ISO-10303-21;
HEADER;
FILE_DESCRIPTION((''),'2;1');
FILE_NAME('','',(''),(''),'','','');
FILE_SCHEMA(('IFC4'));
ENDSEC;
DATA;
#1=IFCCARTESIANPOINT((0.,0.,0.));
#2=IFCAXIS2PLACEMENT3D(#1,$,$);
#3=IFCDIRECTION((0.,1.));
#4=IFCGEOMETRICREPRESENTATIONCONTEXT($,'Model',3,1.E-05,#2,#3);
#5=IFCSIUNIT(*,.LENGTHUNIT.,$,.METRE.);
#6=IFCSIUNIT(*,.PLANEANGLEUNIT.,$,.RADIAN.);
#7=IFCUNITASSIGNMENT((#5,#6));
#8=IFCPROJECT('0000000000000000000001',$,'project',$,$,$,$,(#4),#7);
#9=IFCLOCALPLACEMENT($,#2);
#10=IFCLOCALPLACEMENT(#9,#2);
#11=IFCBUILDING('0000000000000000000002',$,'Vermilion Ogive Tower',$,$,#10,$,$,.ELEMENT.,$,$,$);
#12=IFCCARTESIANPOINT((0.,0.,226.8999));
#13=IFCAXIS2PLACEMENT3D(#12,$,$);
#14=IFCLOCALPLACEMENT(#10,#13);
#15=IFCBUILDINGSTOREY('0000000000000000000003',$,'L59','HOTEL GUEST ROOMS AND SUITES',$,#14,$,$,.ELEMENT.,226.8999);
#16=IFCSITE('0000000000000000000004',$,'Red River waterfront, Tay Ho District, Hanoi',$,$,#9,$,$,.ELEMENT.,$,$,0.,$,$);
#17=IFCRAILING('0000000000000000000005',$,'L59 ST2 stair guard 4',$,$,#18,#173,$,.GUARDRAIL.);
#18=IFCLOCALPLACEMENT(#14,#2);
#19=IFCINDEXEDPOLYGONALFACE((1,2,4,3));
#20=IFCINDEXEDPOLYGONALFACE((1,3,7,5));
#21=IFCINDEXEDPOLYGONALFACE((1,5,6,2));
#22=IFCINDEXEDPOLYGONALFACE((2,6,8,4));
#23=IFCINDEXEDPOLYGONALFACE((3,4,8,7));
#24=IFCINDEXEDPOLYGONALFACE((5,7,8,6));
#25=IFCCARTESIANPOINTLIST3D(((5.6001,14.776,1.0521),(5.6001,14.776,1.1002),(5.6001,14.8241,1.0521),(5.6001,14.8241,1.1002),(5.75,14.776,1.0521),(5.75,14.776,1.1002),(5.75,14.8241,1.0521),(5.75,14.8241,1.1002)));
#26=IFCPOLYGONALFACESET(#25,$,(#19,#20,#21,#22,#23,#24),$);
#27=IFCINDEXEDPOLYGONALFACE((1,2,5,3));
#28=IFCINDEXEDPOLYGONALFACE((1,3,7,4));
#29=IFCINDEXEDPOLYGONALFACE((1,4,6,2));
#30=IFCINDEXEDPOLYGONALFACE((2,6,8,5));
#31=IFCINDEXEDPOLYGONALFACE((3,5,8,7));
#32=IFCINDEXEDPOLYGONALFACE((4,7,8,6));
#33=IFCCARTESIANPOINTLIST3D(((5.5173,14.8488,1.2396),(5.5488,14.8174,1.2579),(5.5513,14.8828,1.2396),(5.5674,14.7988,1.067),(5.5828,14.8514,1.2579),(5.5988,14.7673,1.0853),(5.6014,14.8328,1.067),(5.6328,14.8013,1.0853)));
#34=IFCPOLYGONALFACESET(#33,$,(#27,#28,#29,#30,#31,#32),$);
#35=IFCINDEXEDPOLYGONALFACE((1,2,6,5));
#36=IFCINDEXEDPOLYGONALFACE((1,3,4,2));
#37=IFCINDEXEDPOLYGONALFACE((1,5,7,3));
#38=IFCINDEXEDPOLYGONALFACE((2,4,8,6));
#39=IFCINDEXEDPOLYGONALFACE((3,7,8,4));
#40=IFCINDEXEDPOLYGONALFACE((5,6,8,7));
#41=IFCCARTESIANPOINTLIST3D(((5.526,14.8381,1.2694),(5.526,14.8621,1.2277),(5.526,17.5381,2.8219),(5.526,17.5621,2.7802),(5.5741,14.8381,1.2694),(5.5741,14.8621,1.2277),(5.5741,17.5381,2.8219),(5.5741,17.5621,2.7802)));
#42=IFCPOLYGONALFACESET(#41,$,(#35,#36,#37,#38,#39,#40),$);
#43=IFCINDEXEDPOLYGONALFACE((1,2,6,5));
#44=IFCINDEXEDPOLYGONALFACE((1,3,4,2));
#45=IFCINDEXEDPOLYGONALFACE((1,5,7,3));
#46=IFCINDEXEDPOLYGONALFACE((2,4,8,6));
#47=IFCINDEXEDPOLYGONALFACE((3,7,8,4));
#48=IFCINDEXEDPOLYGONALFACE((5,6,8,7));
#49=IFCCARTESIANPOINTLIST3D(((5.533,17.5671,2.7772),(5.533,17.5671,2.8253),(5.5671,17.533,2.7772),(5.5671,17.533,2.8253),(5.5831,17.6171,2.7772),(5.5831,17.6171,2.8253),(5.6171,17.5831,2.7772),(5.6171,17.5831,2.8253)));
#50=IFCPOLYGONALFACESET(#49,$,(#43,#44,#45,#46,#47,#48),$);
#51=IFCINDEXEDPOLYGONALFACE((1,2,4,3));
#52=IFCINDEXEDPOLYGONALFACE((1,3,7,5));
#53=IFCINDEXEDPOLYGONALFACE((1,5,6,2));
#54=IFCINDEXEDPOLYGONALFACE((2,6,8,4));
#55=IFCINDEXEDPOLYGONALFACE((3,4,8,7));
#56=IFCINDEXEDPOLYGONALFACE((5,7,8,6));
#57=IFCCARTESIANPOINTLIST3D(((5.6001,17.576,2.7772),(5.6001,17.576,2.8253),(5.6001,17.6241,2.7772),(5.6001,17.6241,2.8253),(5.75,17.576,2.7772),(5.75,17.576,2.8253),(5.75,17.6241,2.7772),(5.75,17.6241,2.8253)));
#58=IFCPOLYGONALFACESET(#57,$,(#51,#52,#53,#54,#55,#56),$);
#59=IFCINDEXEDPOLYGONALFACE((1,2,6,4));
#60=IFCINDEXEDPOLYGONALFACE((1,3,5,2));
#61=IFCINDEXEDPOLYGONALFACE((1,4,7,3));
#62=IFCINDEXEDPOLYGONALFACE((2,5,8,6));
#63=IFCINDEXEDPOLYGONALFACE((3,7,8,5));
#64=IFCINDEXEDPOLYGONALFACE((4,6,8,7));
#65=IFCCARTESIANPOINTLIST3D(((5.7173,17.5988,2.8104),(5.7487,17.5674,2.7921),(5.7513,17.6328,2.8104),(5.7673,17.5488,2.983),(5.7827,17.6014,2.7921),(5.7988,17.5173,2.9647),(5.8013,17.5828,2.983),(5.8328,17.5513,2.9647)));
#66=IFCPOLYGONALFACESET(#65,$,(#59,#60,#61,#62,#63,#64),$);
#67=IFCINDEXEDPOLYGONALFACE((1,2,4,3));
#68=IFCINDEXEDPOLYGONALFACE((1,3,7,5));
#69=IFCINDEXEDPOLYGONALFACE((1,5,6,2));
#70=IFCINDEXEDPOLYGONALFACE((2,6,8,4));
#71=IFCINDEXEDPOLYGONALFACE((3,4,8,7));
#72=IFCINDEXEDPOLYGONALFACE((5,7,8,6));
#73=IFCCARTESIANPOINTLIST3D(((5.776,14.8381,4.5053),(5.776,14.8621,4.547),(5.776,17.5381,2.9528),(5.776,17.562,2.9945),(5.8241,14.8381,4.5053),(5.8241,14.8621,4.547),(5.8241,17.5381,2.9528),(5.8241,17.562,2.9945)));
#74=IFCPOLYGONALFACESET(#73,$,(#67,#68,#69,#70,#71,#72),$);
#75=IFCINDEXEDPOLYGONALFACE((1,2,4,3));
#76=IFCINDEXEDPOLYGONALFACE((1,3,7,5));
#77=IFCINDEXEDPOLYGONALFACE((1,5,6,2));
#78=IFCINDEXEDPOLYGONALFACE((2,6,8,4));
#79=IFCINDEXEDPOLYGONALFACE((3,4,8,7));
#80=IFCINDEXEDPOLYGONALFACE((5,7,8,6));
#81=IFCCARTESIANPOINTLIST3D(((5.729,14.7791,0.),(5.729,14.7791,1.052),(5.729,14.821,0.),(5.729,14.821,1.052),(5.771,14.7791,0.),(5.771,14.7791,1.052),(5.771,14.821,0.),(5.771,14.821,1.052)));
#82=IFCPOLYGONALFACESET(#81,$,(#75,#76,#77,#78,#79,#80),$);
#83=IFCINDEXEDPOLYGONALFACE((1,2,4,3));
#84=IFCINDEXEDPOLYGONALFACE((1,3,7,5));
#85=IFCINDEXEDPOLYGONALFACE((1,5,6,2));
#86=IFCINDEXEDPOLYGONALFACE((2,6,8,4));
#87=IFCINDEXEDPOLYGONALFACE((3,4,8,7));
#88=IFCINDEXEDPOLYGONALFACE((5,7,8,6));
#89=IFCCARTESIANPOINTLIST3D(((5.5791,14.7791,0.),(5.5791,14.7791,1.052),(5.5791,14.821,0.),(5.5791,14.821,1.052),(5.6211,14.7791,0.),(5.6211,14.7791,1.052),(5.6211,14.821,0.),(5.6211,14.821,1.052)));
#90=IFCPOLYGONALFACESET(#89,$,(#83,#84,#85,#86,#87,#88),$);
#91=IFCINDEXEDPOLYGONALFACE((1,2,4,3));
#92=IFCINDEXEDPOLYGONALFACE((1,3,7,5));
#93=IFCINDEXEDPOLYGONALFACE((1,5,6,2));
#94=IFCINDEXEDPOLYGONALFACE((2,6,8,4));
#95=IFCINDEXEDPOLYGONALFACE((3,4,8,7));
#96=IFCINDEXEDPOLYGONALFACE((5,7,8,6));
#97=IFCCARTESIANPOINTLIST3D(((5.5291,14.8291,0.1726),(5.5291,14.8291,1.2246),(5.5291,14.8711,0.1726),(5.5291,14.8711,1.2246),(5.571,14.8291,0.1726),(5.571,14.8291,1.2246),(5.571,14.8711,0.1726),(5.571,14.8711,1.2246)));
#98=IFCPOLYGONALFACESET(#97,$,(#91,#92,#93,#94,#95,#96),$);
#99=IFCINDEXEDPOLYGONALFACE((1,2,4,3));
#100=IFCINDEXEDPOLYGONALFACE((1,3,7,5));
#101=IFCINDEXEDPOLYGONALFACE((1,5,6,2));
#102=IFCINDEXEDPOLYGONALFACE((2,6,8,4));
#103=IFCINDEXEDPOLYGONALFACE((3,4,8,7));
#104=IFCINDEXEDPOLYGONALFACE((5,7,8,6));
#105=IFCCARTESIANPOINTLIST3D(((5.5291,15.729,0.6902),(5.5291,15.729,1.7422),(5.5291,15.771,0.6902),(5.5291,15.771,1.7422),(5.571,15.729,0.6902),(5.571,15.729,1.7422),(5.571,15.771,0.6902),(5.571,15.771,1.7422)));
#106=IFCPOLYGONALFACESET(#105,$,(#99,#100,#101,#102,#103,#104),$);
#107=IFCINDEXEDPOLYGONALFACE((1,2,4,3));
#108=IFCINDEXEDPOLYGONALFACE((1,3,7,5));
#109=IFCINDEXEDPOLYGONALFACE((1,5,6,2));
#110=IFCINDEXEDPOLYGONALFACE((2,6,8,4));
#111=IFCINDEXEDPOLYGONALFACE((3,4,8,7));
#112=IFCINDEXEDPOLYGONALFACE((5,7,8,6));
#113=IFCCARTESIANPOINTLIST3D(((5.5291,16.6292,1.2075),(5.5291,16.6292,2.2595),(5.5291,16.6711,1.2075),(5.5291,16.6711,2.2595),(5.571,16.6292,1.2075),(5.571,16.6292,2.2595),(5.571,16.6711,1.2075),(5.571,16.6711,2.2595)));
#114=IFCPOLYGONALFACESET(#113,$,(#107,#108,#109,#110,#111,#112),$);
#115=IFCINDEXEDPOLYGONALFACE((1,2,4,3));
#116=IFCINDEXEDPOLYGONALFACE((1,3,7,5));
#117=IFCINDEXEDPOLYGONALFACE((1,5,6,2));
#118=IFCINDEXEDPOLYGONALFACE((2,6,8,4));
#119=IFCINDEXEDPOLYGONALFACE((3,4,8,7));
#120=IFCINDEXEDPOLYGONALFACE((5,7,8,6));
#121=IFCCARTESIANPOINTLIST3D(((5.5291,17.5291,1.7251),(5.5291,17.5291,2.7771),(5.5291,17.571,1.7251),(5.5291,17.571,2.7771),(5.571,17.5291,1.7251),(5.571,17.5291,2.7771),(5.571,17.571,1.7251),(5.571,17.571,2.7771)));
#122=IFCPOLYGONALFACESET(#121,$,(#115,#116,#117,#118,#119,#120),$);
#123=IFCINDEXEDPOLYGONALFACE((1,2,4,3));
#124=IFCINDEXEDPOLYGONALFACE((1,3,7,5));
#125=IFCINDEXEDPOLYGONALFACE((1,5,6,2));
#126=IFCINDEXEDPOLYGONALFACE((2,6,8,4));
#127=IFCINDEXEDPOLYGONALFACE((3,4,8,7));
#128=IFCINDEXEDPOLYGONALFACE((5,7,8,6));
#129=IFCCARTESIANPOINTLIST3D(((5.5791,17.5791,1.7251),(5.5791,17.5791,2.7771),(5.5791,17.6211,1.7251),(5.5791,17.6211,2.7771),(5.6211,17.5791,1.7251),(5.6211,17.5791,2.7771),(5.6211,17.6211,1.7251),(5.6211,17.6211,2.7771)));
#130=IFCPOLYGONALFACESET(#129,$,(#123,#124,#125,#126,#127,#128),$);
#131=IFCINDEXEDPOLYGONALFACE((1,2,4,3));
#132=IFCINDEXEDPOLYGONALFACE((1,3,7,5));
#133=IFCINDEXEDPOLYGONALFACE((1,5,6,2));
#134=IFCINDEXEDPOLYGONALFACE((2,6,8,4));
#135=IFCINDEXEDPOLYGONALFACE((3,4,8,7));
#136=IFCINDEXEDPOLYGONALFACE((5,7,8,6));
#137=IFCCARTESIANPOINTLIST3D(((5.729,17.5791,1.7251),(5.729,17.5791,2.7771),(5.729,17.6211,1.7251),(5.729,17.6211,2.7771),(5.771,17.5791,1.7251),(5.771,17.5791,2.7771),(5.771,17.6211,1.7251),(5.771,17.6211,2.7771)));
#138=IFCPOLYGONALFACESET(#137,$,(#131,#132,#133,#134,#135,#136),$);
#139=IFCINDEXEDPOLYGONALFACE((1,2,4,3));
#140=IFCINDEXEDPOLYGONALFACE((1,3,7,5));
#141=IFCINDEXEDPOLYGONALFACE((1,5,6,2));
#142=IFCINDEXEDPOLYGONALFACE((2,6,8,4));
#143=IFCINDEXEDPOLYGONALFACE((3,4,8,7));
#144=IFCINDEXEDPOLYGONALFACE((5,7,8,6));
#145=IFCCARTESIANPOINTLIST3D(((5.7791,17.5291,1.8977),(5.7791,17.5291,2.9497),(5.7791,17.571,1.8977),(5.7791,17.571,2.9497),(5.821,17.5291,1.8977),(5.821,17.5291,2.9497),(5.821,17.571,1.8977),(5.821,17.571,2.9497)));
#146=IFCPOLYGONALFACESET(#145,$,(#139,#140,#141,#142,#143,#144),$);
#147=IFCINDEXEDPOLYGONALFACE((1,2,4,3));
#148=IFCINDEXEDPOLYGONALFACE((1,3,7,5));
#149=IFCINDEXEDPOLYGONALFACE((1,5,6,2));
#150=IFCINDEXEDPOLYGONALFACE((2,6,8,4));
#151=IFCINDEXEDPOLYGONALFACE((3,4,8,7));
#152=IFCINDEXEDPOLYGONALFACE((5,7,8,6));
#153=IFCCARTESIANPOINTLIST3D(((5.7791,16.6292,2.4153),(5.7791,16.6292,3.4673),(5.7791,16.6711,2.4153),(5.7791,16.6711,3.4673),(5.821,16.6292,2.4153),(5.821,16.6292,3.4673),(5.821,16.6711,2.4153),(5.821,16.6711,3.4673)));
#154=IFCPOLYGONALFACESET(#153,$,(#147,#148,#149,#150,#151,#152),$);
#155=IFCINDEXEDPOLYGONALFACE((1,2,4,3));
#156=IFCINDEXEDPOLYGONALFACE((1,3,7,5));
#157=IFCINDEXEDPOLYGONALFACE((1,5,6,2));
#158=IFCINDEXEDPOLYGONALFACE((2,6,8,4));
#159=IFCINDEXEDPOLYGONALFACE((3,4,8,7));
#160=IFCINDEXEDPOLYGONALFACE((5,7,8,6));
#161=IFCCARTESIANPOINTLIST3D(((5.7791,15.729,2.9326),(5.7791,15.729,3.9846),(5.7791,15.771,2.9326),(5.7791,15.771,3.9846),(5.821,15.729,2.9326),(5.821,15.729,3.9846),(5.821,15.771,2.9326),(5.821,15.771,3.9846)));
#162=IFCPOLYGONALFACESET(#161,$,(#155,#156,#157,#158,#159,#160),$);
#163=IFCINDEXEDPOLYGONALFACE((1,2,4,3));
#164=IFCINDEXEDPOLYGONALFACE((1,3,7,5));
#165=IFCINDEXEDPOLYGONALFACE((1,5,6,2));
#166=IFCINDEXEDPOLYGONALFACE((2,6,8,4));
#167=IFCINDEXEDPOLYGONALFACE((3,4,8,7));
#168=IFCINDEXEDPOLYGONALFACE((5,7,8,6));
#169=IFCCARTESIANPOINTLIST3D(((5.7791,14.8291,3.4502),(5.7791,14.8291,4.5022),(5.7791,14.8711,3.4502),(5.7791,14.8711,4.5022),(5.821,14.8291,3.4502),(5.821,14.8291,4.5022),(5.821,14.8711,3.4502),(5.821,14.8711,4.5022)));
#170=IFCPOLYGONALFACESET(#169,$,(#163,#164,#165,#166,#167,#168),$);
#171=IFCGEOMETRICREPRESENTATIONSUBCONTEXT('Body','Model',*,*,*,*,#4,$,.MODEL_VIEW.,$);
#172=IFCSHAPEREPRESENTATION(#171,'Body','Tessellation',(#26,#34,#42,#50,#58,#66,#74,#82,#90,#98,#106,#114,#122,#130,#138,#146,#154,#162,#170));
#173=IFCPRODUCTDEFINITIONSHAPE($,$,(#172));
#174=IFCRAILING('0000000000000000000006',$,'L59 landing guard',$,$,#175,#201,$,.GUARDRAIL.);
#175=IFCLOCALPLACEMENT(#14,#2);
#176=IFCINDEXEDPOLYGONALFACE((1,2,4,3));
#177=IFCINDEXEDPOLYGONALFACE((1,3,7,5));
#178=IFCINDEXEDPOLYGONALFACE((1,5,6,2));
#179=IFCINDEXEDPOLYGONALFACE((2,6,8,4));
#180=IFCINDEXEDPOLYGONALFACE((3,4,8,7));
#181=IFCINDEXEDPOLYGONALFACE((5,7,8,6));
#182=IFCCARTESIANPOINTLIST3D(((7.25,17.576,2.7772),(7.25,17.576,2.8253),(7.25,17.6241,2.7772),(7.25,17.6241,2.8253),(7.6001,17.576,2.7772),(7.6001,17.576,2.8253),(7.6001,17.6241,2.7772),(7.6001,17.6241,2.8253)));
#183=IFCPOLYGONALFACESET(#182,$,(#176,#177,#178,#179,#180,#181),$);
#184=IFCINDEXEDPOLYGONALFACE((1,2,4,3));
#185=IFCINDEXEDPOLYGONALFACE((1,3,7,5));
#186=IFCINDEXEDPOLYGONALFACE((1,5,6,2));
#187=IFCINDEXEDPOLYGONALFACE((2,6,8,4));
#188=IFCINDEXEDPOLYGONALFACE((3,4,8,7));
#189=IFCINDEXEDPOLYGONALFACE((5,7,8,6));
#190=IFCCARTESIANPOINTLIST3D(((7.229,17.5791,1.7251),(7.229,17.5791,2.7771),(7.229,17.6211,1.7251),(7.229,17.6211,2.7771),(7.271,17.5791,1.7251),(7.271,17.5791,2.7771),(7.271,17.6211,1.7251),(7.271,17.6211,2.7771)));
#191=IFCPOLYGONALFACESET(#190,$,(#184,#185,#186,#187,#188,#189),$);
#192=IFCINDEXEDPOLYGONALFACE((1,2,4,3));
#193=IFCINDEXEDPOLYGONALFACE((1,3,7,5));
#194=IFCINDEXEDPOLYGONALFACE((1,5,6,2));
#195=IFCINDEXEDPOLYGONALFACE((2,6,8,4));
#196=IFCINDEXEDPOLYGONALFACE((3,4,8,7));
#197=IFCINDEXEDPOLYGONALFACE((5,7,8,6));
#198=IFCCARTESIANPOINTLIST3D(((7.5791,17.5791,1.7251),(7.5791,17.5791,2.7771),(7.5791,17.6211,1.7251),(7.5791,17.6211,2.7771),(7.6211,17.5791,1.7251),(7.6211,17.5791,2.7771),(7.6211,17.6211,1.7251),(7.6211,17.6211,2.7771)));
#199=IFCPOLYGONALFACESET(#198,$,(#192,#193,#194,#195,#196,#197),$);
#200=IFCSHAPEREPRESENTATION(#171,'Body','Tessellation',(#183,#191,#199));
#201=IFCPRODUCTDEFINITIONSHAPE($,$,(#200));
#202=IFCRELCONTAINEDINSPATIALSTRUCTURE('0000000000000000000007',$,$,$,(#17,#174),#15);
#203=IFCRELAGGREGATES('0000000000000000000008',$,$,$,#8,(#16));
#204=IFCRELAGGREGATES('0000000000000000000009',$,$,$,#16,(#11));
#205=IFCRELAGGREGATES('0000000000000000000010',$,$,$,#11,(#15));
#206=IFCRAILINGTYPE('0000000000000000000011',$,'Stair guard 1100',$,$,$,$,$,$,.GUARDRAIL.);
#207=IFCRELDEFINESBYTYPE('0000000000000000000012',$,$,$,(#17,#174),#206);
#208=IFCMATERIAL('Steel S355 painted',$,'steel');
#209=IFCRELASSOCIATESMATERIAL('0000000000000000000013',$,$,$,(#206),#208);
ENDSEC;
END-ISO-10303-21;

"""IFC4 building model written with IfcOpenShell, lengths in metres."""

from ifc_helpers import new_model, si_unit, direction, frame, origin, origin_2d, place, context, subcontext, project, spatial, rectangle, extrude, material, type_object, element, save


model = new_model("IFC4")

# Units and contexts
model_context = context("Model", 3, precision=1e-05, world=origin(), true_north=direction((0.0, 1.0)))
body_context = subcontext(model_context, "Body", "Model", "MODEL_VIEW")
ifc_project = project(units=[si_unit("LENGTHUNIT", "METRE"), si_unit("PLANEANGLEUNIT", "RADIAN")], contexts=[model_context])

# Site, building, storey
site_placement = place(None, origin())
site = spatial("IfcSite", under=ifc_project, at=site_placement, Name="Red River waterfront, Tay Ho District, Hanoi", CompositionType="ELEMENT", RefElevation=0.0)
building_placement = place(site_placement, origin())
building = spatial("IfcBuilding", under=site, at=building_placement, Name="Vermilion Ogive Tower", CompositionType="ELEMENT")
storey_placement = place(building_placement, frame((0.0, 0.0, 226.8999)))
storey = spatial("IfcBuildingStorey", under=building, at=storey_placement, Name="L59", Description="HOTEL GUEST ROOMS AND SUITES", CompositionType="ELEMENT", Elevation=226.8999)

# Railings
ifc_material_1 = material(Name="Steel S355 painted", Category="steel")
railing_type_1 = type_object("IfcRailingType", Name="Stair guard 1100", PredefinedType="GUARDRAIL", material=ifc_material_1)
railing_1_placement = place(storey_placement, frame((5.75, 14.8, 0.0)))
element("IfcRailing", 1, at=railing_1_placement, inside=storey, type_object=railing_type_1, Name="L59 ST2 stair guard 4", PredefinedType="GUARDRAIL", context=body_context, shape_type="SweptSolid", body=[
    extrude(rectangle(XDim=0.0481, YDim=0.0481, at=origin_2d()), frame((0.0, 0.0, 1.0762), z_axis=(-1.0, 0.0, 0.0), x_axis=(0.0, -1.0, 0.0)), (0.0, 0.0, 1.0), 0.1499),
    extrude(rectangle(XDim=0.0481, YDim=0.0481, at=origin_2d()), frame((-0.1499, 0.0, 1.0762), z_axis=(-0.268278, 0.268278, 0.925232), x_axis=(-0.707107, -0.707107, 0.0)), (0.0, 0.0, 1.0), 0.1865),
    extrude(rectangle(XDim=0.0481, YDim=0.0481, at=origin_2d()), frame((-0.2, 0.05, 1.2485), z_axis=(0.0, 0.866904, 0.498476), x_axis=(-1.0, 0.0, 0.0)), (0.0, 0.0, 1.0), 3.1145),
    extrude(rectangle(XDim=0.0481, YDim=0.0481, at=origin_2d()), frame((-0.2, 2.75, 2.8013), z_axis=(0.707107, 0.707107, 0.0), x_axis=(-0.707107, 0.707107, 0.0)), (0.0, 0.0, 1.0), 0.0708),
    extrude(rectangle(XDim=0.0481, YDim=0.0481, at=origin_2d()), frame((-0.1499, 2.8, 2.8013), z_axis=(1.0, 0.0, 0.0), x_axis=(0.0, 1.0, 0.0)), (0.0, 0.0, 1.0), 0.1499),
    extrude(rectangle(XDim=0.0481, YDim=0.0481, at=origin_2d()), frame((0.0, 2.8, 2.8013), z_axis=(0.268278, -0.268278, 0.925232), x_axis=(0.707107, 0.707107, 0.0)), (0.0, 0.0, 1.0), 0.1865),
    extrude(rectangle(XDim=0.0481, YDim=0.0481, at=origin_2d()), frame((0.05, 2.75, 2.9736), z_axis=(0.0, -0.866904, 0.498476), x_axis=(1.0, 0.0, 0.0)), (0.0, 0.0, 1.0), 3.1145),
    extrude(rectangle(XDim=0.042, YDim=0.042, at=origin_2d()), origin(), (0.0, 0.0, 1.0), 1.052),
    extrude(rectangle(XDim=0.042, YDim=0.042, at=origin_2d()), frame((-0.1499, 0.0, 0.0)), (0.0, 0.0, 1.0), 1.052),
    extrude(rectangle(XDim=0.042, YDim=0.042, at=origin_2d()), frame((-0.2, 0.05, 0.1726)), (0.0, 0.0, 1.0), 1.052),
    extrude(rectangle(XDim=0.042, YDim=0.042, at=origin_2d()), frame((-0.2, 0.95, 0.6902)), (0.0, 0.0, 1.0), 1.052),
    extrude(rectangle(XDim=0.042, YDim=0.042, at=origin_2d()), frame((-0.2, 1.8501, 1.2075)), (0.0, 0.0, 1.0), 1.052),
    extrude(rectangle(XDim=0.042, YDim=0.042, at=origin_2d()), frame((-0.2, 2.75, 1.7251)), (0.0, 0.0, 1.0), 1.052),
    extrude(rectangle(XDim=0.042, YDim=0.042, at=origin_2d()), frame((-0.1499, 2.8, 1.7251)), (0.0, 0.0, 1.0), 1.052),
    extrude(rectangle(XDim=0.042, YDim=0.042, at=origin_2d()), frame((0.0, 2.8, 1.7251)), (0.0, 0.0, 1.0), 1.052),
    extrude(rectangle(XDim=0.042, YDim=0.042, at=origin_2d()), frame((0.05, 2.75, 1.8977)), (0.0, 0.0, 1.0), 1.052),
    extrude(rectangle(XDim=0.042, YDim=0.042, at=origin_2d()), frame((0.05, 1.8501, 2.4153)), (0.0, 0.0, 1.0), 1.052),
    extrude(rectangle(XDim=0.042, YDim=0.042, at=origin_2d()), frame((0.05, 0.95, 2.9326)), (0.0, 0.0, 1.0), 1.052),
    extrude(rectangle(XDim=0.042, YDim=0.042, at=origin_2d()), frame((0.05, 0.05, 3.4502)), (0.0, 0.0, 1.0), 1.052),
])
railing_2_placement = place(storey_placement, frame((7.25, 17.6001, 1.7251)))
element("IfcRailing", 2, at=railing_2_placement, inside=storey, type_object=railing_type_1, Name="L59 landing guard", PredefinedType="GUARDRAIL", context=body_context, shape_type="SweptSolid", body=[
    extrude(rectangle(XDim=0.0481, YDim=0.0481, at=origin_2d()), frame((0.0, 0.0, 1.0762), z_axis=(1.0, 0.0, 0.0), x_axis=(0.0, 1.0, 0.0)), (0.0, 0.0, 1.0), 0.3501),
    extrude(rectangle(XDim=0.042, YDim=0.042, at=origin_2d()), origin(), (0.0, 0.0, 1.0), 1.052),
    extrude(rectangle(XDim=0.042, YDim=0.042, at=origin_2d()), frame((0.3501, 0.0, 0.0)), (0.0, 0.0, 1.0), 1.052),
])

save(model, "model.ifc")
